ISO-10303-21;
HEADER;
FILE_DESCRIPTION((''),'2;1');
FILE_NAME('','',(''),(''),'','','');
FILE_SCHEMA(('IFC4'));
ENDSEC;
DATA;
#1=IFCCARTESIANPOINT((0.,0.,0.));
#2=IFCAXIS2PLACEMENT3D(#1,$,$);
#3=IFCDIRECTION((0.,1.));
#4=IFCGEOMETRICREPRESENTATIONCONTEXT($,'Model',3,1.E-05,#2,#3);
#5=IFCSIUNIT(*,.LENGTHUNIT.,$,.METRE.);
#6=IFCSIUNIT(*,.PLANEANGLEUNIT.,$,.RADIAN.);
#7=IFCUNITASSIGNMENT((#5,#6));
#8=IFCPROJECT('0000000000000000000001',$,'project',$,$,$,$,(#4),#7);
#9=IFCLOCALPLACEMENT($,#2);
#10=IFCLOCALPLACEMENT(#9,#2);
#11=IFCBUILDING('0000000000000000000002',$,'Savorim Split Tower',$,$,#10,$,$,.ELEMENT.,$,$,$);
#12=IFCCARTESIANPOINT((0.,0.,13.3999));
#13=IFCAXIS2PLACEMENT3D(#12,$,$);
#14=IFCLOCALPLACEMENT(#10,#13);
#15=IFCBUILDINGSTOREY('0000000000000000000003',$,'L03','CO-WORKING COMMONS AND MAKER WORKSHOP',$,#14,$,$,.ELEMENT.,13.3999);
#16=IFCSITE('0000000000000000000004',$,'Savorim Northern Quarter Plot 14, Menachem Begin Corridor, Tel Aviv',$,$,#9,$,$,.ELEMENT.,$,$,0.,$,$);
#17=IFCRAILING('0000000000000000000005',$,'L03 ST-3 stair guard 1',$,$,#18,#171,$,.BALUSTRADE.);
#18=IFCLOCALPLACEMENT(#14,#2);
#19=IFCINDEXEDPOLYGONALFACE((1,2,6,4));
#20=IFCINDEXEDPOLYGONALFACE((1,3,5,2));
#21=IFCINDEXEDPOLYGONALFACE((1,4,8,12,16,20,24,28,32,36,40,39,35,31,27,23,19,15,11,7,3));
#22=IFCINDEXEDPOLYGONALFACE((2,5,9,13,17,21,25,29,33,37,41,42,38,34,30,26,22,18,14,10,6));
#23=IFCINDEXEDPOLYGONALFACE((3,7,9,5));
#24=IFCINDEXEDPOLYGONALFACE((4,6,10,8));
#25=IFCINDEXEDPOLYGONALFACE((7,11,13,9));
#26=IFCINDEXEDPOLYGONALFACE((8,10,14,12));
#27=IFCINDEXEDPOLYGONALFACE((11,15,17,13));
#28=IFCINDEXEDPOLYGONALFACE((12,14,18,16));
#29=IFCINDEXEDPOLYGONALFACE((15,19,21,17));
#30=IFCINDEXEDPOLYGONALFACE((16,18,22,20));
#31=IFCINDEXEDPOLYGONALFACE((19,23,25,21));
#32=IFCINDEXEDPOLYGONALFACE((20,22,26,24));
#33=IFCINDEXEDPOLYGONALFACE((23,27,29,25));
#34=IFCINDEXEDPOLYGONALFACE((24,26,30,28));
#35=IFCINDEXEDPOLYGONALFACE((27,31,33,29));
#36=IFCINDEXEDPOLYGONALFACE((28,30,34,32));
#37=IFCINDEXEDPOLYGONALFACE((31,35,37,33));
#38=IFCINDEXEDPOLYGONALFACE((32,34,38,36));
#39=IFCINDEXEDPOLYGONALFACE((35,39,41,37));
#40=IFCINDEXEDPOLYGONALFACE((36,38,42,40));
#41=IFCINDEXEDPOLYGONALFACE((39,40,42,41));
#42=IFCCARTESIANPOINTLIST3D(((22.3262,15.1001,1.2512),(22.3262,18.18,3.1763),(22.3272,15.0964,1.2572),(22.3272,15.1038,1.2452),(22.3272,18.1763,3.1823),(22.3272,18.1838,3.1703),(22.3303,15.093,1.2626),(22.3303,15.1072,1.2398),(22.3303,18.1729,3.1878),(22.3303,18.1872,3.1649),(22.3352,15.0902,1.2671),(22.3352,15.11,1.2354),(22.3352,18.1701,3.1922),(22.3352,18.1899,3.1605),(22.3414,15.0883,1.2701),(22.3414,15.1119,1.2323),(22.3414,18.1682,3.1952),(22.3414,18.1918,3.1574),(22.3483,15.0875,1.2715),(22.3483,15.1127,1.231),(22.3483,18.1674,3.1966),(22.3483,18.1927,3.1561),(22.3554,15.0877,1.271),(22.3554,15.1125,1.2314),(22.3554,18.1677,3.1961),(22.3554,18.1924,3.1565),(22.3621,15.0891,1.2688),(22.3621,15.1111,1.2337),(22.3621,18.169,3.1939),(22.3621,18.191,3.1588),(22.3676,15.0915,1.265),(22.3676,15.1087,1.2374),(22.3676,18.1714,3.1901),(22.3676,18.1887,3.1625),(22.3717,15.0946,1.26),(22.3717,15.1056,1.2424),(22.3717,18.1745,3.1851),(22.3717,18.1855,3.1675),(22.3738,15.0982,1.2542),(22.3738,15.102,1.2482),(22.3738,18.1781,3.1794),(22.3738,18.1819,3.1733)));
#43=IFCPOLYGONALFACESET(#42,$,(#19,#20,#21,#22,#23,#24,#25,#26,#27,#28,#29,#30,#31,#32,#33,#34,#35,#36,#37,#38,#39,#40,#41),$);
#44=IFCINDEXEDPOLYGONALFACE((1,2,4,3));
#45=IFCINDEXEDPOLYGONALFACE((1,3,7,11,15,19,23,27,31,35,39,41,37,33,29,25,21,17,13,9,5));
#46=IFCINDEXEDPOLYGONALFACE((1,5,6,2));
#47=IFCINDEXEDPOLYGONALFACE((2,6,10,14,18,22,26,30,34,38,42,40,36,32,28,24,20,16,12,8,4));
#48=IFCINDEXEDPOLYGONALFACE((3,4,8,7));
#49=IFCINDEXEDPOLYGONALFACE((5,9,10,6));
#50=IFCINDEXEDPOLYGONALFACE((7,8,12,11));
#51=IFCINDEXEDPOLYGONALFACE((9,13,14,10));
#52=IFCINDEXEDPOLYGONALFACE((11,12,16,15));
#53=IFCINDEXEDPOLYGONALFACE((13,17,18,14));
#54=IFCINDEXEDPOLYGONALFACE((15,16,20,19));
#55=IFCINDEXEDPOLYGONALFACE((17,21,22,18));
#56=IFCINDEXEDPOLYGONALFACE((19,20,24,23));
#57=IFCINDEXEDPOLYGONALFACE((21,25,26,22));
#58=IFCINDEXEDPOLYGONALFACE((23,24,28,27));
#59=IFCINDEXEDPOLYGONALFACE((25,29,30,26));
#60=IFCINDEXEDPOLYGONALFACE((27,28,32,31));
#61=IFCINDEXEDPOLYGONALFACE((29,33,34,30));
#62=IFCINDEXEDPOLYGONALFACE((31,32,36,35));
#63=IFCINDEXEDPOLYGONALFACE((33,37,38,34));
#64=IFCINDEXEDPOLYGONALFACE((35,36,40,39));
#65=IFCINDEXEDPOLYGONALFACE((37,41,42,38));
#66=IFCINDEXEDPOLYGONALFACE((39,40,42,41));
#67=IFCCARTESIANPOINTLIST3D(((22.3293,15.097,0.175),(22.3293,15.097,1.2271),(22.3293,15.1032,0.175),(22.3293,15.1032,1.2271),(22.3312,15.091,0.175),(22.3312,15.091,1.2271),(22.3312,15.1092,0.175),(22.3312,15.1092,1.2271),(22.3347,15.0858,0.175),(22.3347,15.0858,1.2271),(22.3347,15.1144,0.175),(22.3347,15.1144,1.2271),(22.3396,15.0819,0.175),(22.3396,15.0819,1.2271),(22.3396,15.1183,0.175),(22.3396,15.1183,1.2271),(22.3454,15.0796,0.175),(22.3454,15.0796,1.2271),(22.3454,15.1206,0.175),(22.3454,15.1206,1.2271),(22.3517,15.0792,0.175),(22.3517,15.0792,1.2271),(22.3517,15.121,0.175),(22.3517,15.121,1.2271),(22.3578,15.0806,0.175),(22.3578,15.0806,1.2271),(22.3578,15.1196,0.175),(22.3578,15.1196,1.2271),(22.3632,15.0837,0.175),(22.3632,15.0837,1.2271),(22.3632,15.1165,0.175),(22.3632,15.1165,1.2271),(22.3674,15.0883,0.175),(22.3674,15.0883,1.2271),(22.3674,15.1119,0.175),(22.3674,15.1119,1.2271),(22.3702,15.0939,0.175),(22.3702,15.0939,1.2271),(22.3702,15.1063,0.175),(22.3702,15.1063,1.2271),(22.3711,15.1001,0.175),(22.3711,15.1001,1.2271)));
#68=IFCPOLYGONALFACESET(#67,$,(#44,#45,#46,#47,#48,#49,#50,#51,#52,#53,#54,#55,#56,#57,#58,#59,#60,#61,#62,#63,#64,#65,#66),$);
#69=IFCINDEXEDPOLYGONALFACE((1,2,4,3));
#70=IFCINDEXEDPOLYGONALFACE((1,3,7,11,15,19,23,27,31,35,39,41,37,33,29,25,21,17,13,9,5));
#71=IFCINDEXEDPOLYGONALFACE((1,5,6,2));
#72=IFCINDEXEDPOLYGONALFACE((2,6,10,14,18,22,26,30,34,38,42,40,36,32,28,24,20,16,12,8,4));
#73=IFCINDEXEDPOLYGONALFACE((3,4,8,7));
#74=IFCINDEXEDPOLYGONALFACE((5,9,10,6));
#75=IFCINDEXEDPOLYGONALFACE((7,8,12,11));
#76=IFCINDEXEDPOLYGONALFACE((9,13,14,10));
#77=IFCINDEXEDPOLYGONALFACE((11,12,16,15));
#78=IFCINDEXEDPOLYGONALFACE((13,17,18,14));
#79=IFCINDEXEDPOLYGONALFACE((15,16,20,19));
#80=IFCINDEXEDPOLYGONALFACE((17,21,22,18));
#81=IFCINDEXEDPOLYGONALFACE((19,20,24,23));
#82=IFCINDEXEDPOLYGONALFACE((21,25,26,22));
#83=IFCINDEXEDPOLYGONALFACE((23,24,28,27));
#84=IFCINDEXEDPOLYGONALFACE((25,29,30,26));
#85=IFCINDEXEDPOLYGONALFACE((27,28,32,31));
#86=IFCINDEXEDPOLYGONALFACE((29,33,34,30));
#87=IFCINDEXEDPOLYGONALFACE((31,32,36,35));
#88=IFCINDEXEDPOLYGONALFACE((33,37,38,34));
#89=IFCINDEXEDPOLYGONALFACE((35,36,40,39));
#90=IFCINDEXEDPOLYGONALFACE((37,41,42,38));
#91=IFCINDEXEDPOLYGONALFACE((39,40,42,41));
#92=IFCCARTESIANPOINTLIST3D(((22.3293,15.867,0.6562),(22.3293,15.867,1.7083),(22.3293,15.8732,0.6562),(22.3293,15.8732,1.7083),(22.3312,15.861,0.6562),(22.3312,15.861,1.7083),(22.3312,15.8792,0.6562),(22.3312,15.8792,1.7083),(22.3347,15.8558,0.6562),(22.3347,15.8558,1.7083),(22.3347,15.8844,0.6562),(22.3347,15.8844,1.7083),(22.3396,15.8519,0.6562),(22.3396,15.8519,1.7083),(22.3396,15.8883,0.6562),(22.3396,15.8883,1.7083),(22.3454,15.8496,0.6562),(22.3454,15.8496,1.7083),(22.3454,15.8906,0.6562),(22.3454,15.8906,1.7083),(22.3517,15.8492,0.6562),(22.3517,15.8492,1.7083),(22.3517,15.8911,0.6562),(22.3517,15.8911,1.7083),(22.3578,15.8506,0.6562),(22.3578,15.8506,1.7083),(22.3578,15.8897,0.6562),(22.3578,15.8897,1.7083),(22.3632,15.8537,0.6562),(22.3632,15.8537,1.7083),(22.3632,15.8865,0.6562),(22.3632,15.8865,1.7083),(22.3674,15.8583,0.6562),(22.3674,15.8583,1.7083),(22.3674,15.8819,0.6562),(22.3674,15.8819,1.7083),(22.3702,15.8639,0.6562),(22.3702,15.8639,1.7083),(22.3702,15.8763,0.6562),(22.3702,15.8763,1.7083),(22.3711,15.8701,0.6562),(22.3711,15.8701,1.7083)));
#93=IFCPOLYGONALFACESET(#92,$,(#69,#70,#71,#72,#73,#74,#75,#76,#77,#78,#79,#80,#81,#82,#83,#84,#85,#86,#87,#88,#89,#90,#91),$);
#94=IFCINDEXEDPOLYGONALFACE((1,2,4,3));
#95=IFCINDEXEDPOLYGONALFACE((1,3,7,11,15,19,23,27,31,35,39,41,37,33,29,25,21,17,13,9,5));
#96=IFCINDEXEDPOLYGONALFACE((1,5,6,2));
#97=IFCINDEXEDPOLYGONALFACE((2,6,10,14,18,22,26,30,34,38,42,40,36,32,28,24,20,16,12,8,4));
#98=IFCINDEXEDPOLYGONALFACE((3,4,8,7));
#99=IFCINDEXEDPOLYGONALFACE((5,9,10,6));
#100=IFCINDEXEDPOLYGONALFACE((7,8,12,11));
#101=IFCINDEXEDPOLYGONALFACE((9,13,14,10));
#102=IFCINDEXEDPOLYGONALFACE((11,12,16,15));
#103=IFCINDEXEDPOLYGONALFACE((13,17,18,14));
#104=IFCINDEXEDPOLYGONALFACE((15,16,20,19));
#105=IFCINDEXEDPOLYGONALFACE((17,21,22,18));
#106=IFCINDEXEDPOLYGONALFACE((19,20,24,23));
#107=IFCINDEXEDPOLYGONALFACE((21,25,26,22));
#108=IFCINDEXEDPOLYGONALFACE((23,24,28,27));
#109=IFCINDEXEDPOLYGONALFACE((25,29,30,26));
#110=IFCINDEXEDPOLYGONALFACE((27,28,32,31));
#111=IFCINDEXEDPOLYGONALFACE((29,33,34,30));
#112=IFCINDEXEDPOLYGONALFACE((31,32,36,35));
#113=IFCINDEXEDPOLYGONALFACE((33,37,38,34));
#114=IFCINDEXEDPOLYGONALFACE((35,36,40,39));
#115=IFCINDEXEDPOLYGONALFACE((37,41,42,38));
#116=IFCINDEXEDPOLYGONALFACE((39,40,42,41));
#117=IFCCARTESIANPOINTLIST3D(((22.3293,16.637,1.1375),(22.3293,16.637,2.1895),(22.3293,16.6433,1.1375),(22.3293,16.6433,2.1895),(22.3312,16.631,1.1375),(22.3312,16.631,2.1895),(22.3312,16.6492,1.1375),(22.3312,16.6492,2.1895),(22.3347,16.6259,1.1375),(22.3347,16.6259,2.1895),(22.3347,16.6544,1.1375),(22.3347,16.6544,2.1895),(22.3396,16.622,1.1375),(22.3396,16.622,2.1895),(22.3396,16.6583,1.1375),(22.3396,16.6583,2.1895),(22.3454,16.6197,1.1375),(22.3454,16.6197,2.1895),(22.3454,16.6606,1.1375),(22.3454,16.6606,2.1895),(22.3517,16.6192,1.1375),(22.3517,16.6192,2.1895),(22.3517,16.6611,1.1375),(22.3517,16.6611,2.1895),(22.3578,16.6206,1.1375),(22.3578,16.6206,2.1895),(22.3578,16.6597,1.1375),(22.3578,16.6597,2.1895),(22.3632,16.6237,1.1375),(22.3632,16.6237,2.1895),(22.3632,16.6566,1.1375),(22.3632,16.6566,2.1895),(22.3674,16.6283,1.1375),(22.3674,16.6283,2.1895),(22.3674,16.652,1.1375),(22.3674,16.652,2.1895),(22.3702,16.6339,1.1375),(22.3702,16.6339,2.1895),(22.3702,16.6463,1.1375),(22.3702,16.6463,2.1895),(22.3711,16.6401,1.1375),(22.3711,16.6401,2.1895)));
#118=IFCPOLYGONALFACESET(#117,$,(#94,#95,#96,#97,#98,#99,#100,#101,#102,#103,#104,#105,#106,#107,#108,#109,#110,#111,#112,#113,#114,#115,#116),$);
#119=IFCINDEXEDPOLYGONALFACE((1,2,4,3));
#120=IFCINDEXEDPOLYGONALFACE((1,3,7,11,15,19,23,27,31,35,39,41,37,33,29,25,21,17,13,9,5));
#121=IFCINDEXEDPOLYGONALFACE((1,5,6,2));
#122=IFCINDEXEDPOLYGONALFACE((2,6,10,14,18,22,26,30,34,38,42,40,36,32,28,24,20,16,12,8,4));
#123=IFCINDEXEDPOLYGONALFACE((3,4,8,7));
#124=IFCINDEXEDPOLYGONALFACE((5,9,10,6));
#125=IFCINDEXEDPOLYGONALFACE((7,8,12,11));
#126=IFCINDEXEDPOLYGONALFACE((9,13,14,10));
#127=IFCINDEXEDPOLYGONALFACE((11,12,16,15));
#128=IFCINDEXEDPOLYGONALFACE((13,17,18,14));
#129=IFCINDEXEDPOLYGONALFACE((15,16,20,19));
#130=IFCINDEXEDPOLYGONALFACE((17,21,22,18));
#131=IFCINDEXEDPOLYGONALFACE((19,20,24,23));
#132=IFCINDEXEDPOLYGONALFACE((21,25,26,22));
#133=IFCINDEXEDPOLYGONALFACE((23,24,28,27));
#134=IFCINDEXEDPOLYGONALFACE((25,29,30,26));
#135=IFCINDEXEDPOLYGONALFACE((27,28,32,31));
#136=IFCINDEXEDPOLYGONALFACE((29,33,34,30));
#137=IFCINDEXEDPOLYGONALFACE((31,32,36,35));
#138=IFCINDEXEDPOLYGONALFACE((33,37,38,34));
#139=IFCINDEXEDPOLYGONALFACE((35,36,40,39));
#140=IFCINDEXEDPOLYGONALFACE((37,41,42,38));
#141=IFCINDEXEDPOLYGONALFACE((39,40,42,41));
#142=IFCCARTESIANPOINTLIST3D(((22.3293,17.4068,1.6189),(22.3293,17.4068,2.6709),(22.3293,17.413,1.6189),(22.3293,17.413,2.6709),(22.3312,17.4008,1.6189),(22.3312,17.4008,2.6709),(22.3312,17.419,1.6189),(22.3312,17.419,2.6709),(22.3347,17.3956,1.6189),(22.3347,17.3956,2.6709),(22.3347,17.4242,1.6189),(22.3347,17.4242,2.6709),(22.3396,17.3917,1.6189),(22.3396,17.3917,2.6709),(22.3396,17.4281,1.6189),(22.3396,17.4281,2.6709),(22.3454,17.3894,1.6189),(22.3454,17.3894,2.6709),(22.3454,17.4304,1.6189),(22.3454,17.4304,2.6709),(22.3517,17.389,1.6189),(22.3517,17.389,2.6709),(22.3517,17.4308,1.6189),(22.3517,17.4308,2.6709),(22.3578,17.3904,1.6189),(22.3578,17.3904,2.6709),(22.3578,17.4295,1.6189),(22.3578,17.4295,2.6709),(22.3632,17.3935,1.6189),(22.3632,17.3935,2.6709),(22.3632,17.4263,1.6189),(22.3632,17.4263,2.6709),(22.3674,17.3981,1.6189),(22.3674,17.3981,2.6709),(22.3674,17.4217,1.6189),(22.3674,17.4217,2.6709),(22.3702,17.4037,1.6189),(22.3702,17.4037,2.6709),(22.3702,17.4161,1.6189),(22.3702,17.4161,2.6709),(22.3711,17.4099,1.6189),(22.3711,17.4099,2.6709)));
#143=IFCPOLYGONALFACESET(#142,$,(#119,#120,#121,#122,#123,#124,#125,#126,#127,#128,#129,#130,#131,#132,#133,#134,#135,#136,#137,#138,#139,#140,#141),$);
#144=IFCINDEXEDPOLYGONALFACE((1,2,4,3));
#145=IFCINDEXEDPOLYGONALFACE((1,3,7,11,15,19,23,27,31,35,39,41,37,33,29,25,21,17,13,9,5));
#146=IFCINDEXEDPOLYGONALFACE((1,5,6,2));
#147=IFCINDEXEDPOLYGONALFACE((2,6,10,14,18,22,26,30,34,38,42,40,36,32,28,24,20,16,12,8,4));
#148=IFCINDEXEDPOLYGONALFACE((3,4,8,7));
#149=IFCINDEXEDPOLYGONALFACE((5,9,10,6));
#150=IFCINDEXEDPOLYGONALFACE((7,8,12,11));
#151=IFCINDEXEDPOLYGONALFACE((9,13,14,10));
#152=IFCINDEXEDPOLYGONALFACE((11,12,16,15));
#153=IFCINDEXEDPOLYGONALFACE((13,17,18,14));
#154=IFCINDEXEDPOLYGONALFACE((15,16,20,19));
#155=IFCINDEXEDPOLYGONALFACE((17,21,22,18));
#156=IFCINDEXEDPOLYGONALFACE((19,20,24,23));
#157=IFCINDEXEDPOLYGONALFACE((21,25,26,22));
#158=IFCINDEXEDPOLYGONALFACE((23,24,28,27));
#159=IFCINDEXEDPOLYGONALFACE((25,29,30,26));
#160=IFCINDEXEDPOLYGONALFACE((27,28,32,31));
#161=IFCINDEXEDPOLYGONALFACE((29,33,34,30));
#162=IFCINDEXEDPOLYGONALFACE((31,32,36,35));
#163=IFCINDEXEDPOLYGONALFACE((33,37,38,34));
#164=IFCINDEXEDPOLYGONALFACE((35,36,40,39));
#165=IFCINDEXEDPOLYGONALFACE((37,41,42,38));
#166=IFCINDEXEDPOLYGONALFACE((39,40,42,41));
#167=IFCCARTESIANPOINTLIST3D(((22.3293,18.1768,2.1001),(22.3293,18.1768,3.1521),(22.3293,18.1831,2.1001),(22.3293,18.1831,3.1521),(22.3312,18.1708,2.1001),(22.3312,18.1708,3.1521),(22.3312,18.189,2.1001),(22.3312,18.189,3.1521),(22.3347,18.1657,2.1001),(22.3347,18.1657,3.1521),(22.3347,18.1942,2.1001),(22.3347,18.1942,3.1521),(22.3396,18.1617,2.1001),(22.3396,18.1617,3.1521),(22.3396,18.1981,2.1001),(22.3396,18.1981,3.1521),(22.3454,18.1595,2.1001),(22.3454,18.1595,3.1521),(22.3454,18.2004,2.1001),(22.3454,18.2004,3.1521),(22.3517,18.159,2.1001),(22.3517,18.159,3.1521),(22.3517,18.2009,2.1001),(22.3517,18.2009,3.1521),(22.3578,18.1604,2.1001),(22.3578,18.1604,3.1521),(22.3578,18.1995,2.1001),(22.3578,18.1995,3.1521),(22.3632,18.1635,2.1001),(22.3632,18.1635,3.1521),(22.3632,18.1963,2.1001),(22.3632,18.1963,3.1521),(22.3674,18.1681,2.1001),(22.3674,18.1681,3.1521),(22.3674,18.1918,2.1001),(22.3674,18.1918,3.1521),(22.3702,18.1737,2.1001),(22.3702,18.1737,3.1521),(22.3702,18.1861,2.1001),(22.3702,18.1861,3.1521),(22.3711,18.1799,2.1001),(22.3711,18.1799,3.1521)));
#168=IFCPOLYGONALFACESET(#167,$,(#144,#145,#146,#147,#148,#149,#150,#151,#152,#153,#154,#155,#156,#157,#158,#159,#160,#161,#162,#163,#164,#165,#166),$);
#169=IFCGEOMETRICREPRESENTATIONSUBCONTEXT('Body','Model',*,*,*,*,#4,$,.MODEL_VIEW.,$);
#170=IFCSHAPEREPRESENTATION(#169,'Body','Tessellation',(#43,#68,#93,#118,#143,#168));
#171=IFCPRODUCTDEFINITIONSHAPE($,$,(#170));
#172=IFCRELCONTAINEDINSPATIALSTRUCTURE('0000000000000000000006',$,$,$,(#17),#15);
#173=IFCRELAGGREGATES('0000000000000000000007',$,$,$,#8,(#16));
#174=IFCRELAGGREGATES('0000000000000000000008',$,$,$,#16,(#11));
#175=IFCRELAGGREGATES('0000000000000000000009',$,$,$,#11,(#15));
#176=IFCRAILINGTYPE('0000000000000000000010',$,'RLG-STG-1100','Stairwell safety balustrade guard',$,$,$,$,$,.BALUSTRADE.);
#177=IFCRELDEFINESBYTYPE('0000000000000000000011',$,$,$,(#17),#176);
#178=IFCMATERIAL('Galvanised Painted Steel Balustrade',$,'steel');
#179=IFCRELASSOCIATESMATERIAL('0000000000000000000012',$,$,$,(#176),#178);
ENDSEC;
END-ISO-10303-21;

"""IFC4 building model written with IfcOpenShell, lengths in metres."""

from ifc_helpers import new_model, si_unit, direction, frame, origin, origin_2d, place, context, subcontext, project, spatial, circle, extrude, material, type_object, element, save


model = new_model("IFC4")

# Units and contexts
model_context = context("Model", 3, precision=1e-05, world=origin(), true_north=direction((0.0, 1.0)))
body_context = subcontext(model_context, "Body", "Model", "MODEL_VIEW")
ifc_project = project(units=[si_unit("LENGTHUNIT", "METRE"), si_unit("PLANEANGLEUNIT", "RADIAN")], contexts=[model_context])

# Site, building, storey
site_placement = place(None, origin())
site = spatial("IfcSite", under=ifc_project, at=site_placement, Name="Savorim Northern Quarter Plot 14, Menachem Begin Corridor, Tel Aviv", CompositionType="ELEMENT", RefElevation=0.0)
building_placement = place(site_placement, origin())
building = spatial("IfcBuilding", under=site, at=building_placement, Name="Savorim Split Tower", CompositionType="ELEMENT")
storey_placement = place(building_placement, frame((0.0, 0.0, 13.3999)))
storey = spatial("IfcBuildingStorey", under=building, at=storey_placement, Name="L03", Description="CO-WORKING COMMONS AND MAKER WORKSHOP", CompositionType="ELEMENT", Elevation=13.3999)

# Railing
ifc_material_1 = material(Name="Galvanised Painted Steel Balustrade", Category="steel")
railing_type_1 = type_object("IfcRailingType", Name="RLG-STG-1100", Description="Stairwell safety balustrade guard", PredefinedType="BALUSTRADE", material=ifc_material_1)
railing_1_placement = place(storey_placement, frame((22.3501, 15.1001, 0.175)))
element("IfcRailing", 1, at=railing_1_placement, inside=storey, type_object=railing_type_1, Name="L03 ST-3 stair guard 1", PredefinedType="BALUSTRADE", context=body_context, shape_type="SweptSolid", body=[
    extrude(circle(Radius=0.0239, at=origin_2d()), frame((0.0, 0.0, 1.0762), z_axis=(0.0, 0.847979, 0.530029), x_axis=(-1.0, 0.0, 0.0)), (0.0, 0.0, 1.0), 3.6321),
    extrude(circle(Radius=0.021, at=origin_2d()), origin(), (0.0, 0.0, 1.0), 1.052),
    extrude(circle(Radius=0.021, at=origin_2d()), frame((0.0, 0.77, 0.4812)), (0.0, 0.0, 1.0), 1.052),
    extrude(circle(Radius=0.021, at=origin_2d()), frame((0.0, 1.54, 0.9624)), (0.0, 0.0, 1.0), 1.052),
    extrude(circle(Radius=0.021, at=origin_2d()), frame((0.0, 2.3098, 1.4438)), (0.0, 0.0, 1.0), 1.052),
    extrude(circle(Radius=0.021, at=origin_2d()), frame((0.0, 3.0798, 1.925)), (0.0, 0.0, 1.0), 1.052),
])

save(model, "model.ifc")
